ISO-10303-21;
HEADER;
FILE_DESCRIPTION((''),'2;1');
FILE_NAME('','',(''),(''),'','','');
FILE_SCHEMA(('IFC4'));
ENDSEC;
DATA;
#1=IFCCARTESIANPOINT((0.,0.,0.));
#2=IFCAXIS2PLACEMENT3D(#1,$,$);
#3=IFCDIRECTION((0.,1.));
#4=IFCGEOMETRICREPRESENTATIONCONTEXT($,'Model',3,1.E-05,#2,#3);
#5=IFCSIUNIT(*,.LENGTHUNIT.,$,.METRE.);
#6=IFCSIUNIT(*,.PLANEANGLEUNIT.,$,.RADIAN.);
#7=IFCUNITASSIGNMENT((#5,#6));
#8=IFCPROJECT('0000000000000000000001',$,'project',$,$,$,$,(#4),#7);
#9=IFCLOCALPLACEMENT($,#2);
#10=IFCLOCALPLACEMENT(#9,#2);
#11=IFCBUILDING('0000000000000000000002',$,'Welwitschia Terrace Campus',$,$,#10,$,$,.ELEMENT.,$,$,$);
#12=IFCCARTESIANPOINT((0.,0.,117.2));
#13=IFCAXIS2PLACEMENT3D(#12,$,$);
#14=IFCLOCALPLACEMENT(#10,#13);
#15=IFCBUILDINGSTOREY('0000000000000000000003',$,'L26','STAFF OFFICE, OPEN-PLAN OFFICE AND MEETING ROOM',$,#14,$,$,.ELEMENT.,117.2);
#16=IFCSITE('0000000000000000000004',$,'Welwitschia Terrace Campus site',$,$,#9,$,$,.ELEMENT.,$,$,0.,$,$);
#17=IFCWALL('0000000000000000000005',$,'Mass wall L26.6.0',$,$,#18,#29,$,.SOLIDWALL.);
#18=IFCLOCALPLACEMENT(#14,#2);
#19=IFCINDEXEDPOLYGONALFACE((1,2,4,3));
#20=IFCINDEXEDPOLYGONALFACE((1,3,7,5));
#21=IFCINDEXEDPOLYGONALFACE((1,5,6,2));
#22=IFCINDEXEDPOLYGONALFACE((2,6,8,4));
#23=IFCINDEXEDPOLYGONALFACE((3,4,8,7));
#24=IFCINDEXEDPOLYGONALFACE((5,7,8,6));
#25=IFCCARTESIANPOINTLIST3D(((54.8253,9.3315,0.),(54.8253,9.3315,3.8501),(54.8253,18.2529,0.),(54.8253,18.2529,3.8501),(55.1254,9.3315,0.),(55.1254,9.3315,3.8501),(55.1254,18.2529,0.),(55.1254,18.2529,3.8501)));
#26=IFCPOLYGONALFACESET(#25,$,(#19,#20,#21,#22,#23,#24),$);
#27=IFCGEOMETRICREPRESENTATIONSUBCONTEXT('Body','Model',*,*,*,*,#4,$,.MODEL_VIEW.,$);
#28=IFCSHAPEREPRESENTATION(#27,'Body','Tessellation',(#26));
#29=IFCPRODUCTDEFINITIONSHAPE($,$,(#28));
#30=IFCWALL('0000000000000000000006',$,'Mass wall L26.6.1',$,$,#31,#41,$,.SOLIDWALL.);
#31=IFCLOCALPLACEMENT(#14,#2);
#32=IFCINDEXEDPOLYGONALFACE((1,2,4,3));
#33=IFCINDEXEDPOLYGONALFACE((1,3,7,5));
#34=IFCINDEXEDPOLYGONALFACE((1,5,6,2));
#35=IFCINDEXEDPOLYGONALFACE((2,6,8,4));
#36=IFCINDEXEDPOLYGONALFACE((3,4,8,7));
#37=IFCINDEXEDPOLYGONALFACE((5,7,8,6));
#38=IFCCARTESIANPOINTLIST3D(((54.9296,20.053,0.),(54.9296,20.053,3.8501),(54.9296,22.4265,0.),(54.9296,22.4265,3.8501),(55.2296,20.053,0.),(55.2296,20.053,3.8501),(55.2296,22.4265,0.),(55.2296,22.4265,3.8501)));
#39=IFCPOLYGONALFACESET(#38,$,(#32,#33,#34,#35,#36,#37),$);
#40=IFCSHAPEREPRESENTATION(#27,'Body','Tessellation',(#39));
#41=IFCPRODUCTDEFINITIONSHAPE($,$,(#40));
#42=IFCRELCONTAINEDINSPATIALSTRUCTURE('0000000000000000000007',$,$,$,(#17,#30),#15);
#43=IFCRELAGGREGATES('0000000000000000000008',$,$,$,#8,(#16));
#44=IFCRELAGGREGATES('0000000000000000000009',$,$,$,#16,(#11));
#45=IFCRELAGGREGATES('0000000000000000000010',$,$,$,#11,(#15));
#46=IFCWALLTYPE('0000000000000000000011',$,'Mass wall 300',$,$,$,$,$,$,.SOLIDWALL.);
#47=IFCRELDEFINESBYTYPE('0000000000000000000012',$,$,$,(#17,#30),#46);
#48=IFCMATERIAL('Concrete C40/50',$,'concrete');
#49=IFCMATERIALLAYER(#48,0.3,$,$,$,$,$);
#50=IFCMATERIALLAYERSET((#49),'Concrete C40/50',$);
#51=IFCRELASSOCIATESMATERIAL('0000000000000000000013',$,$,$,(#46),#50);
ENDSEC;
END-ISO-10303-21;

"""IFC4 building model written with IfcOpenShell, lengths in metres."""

from ifc_helpers import new_model, si_unit, direction, frame, frame_2d, origin, place, context, subcontext, project, spatial, rectangle, extrude, material, layer, layer_set, type_object, element, save


model = new_model("IFC4")

# Units and contexts
model_context = context("Model", 3, precision=1e-05, world=origin(), true_north=direction((0.0, 1.0)))
body_context = subcontext(model_context, "Body", "Model", "MODEL_VIEW")
ifc_project = project(units=[si_unit("LENGTHUNIT", "METRE"), si_unit("PLANEANGLEUNIT", "RADIAN")], contexts=[model_context])

# Site, building, storey
site_placement = place(None, origin())
site = spatial("IfcSite", under=ifc_project, at=site_placement, Name="Welwitschia Terrace Campus site", CompositionType="ELEMENT", RefElevation=0.0)
building_placement = place(site_placement, origin())
building = spatial("IfcBuilding", under=site, at=building_placement, Name="Welwitschia Terrace Campus", CompositionType="ELEMENT")
storey_placement = place(building_placement, frame((0.0, 0.0, 117.2)))
storey = spatial("IfcBuildingStorey", under=building, at=storey_placement, Name="L26", Description="STAFF OFFICE, OPEN-PLAN OFFICE AND MEETING ROOM", CompositionType="ELEMENT", Elevation=117.2)

# Walls
ifc_material_1 = material(Name="Concrete C40/50", Category="concrete")
ifc_layer_1 = layer(ifc_material_1, 0.3)
ifc_layer_set_1 = layer_set([ifc_layer_1], Name="Concrete C40/50")
wall_type = type_object("IfcWallType", Name="Mass wall 300", PredefinedType="SOLIDWALL", material=ifc_layer_set_1)
wall_1_placement = place(storey_placement, frame((54.9753, 9.3315, 0.0), z_axis=(0.0, 0.0, 1.0), x_axis=(0.0, 1.0, 0.0)))
element("IfcWall", 1, at=wall_1_placement, inside=storey, type_object=wall_type, Name="Mass wall L26.6.0", PredefinedType="SOLIDWALL", context=body_context, shape_type="SweptSolid", body=[
    extrude(rectangle(XDim=8.9214, YDim=0.3, at=frame_2d((4.4607, 0.0))), origin(), (0.0, 0.0, 1.0), 3.8501),
])
wall_2_placement = place(storey_placement, frame((55.0796, 20.053, 0.0), z_axis=(0.0, 0.0, 1.0), x_axis=(0.0, 1.0, 0.0)))
element("IfcWall", 2, at=wall_2_placement, inside=storey, type_object=wall_type, Name="Mass wall L26.6.1", PredefinedType="SOLIDWALL", context=body_context, shape_type="SweptSolid", body=[
    extrude(rectangle(XDim=2.3735, YDim=0.3, at=frame_2d((1.1868, 0.0))), origin(), (0.0, 0.0, 1.0), 3.8501),
])

save(model, "model.ifc")
